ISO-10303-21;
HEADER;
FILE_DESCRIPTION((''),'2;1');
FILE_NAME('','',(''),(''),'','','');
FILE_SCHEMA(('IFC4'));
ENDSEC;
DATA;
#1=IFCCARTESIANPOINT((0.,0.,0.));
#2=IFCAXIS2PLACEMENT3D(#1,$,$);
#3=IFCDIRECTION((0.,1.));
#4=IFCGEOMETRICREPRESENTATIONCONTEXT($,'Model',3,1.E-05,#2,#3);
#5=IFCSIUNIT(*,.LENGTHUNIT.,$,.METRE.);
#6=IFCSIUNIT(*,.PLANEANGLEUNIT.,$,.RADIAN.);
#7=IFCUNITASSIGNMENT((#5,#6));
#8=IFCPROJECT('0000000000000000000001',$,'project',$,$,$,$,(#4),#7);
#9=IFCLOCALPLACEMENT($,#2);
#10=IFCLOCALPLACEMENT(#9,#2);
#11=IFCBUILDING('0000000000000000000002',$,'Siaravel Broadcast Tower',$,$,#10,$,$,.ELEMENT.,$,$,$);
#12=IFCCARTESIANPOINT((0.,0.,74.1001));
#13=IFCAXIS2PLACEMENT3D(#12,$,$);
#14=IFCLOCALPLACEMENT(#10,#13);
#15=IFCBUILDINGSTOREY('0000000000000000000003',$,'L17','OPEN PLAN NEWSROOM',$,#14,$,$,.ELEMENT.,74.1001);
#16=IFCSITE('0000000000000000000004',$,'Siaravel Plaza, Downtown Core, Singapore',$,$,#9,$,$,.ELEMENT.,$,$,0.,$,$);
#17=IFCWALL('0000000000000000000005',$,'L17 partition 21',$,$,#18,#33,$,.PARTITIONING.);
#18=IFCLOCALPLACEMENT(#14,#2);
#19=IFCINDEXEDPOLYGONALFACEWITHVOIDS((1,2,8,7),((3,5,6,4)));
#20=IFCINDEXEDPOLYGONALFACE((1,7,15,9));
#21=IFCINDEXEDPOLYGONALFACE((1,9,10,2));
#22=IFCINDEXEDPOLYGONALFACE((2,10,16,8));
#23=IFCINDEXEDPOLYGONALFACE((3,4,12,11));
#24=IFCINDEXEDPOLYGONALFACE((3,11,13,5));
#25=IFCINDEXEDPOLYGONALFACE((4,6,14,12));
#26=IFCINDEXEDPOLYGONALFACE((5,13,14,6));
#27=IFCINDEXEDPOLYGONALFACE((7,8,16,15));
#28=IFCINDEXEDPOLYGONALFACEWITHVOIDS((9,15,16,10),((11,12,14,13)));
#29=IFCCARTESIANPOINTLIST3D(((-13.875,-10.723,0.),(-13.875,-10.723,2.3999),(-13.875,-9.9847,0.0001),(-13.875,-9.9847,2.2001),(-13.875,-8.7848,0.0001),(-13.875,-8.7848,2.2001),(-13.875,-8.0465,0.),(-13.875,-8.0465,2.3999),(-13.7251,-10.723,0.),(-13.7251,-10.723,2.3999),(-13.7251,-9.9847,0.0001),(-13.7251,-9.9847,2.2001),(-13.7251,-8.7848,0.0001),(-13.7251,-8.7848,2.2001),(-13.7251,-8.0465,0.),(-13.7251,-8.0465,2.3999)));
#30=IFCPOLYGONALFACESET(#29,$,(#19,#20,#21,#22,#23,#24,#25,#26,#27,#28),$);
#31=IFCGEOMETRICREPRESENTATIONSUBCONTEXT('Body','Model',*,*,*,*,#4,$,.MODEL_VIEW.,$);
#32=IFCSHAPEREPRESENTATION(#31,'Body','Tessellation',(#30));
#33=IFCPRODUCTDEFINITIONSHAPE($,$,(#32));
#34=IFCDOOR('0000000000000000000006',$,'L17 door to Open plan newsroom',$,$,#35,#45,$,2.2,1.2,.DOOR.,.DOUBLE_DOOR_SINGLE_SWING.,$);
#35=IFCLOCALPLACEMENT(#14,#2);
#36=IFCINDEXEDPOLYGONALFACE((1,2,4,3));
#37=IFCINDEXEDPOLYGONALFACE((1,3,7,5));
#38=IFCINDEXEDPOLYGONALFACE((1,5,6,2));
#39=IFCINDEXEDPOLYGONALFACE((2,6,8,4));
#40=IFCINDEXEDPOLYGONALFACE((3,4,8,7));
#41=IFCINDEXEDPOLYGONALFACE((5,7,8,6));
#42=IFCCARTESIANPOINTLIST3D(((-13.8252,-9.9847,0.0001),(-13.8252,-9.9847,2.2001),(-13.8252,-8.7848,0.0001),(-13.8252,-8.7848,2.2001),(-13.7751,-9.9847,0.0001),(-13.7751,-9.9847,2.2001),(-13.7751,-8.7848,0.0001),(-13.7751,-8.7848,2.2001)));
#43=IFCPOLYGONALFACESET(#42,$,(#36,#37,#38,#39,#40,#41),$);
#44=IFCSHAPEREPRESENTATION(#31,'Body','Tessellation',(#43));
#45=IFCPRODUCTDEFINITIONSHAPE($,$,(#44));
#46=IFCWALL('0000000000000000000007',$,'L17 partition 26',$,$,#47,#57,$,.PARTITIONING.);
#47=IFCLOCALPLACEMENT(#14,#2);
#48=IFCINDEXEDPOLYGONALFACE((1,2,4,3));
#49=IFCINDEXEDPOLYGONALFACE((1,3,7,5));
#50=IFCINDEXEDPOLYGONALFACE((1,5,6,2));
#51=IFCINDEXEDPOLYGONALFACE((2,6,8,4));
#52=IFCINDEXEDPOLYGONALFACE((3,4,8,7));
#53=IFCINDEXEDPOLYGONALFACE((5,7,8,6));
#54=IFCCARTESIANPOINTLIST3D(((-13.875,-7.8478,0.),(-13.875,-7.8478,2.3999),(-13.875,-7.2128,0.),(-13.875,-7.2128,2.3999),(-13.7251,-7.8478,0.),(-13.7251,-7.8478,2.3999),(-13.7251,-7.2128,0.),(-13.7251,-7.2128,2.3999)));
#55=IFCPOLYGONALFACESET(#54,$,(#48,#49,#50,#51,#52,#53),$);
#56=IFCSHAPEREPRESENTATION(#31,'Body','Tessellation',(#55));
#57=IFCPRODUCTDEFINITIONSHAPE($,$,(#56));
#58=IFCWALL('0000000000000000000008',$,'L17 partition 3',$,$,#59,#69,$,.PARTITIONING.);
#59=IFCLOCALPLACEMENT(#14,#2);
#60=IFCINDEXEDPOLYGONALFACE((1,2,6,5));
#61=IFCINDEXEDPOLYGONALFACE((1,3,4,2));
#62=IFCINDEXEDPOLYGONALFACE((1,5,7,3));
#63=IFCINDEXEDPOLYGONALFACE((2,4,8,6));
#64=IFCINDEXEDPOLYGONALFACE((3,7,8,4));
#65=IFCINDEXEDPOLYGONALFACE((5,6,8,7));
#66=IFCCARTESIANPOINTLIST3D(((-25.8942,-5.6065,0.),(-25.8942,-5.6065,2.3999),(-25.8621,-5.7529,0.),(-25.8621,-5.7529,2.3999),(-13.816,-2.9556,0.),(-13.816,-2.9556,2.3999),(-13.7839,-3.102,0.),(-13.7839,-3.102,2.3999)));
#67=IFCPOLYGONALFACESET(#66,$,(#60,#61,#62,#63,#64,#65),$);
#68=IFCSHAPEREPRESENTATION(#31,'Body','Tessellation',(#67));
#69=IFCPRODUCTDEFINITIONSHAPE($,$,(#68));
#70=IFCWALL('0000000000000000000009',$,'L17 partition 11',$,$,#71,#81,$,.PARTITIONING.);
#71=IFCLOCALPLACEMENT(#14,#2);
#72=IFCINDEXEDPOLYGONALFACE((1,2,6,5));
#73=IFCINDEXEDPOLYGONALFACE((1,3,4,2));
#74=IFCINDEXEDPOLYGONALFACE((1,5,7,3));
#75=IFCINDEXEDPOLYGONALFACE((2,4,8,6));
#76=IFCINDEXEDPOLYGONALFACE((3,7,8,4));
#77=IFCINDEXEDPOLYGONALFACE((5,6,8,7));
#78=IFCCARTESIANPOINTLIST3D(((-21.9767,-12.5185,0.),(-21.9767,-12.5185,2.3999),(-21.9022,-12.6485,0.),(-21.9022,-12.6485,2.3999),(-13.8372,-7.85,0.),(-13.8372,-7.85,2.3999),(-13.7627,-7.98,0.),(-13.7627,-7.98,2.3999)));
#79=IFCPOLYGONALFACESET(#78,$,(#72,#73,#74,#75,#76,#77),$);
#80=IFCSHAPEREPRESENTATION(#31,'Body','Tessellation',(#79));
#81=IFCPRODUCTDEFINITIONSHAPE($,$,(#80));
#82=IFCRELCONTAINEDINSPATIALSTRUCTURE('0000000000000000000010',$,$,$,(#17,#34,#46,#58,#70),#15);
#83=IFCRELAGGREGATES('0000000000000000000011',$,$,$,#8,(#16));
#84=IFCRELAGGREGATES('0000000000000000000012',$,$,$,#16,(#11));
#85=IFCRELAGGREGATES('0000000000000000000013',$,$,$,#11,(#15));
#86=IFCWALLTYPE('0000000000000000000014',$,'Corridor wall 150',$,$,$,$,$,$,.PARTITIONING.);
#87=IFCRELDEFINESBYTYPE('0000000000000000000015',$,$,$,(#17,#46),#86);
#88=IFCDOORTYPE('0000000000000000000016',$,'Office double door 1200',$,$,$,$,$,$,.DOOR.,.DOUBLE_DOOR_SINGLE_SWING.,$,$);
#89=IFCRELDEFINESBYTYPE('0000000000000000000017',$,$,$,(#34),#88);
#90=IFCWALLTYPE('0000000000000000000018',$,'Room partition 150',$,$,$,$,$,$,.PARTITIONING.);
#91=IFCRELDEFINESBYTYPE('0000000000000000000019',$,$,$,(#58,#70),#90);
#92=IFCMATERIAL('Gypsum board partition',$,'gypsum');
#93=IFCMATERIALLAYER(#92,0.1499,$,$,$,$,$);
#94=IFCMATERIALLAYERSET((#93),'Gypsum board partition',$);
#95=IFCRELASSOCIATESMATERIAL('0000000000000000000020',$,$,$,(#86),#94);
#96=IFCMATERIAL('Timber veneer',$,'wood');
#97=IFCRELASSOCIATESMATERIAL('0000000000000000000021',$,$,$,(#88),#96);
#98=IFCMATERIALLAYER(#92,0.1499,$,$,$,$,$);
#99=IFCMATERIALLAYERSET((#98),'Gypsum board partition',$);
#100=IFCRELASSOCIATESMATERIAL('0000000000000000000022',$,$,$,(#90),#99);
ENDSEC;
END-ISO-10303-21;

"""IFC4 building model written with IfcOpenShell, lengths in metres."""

from ifc_helpers import new_model, si_unit, direction, frame, frame_2d, origin, place, context, subcontext, project, spatial, rectangle, extrude, material, layer, layer_set, type_object, element, fill, save


model = new_model("IFC4")

# Units and contexts
model_context = context("Model", 3, precision=1e-05, world=origin(), true_north=direction((0.0, 1.0)))
body_context = subcontext(model_context, "Body", "Model", "MODEL_VIEW")
ifc_project = project(units=[si_unit("LENGTHUNIT", "METRE"), si_unit("PLANEANGLEUNIT", "RADIAN")], contexts=[model_context])

# Site, building, storey
site_placement = place(None, origin())
site = spatial("IfcSite", under=ifc_project, at=site_placement, Name="Siaravel Plaza, Downtown Core, Singapore", CompositionType="ELEMENT", RefElevation=0.0)
building_placement = place(site_placement, origin())
building = spatial("IfcBuilding", under=site, at=building_placement, Name="Siaravel Broadcast Tower", CompositionType="ELEMENT")
storey_placement = place(building_placement, frame((0.0, 0.0, 74.1001)))
storey = spatial("IfcBuildingStorey", under=building, at=storey_placement, Name="L17", Description="OPEN PLAN NEWSROOM", CompositionType="ELEMENT", Elevation=74.1001)

# Wall, opening, door
ifc_material_1 = material(Name="Gypsum board partition", Category="gypsum")
ifc_layer_1 = layer(ifc_material_1, 0.1499)
ifc_layer_set_1 = layer_set([ifc_layer_1], Name="Gypsum board partition")
wall_type_1 = type_object("IfcWallType", Name="Corridor wall 150", PredefinedType="PARTITIONING", material=ifc_layer_set_1)
ifc_material_2 = material(Name="Timber veneer", Category="wood")
door_type_1 = type_object("IfcDoorType", Name="Office double door 1200", OperationType="DOUBLE_DOOR_SINGLE_SWING", PredefinedType="DOOR", material=ifc_material_2)
wall_1_placement = place(storey_placement, frame((-13.8, -8.0464, 0.0), z_axis=(0.0, 0.0, 1.0), x_axis=(0.0, -1.0, 0.0)))
wall_1 = element("IfcWall", 1, at=wall_1_placement, inside=storey, type_object=wall_type_1, Name="L17 partition 21", PredefinedType="PARTITIONING", context=body_context, shape_type="SweptSolid", body=[
    extrude(rectangle(XDim=2.6765, YDim=0.1499, at=frame_2d((1.3384, 0.0))), origin(), (0.0, 0.0, 1.0), 2.3999),
])
opening_1_placement = place(wall_1_placement, frame((0.7383, 0.0, 0.0)))
opening_1 = element("IfcOpeningElement", 2, at=opening_1_placement, cuts=wall_1, PredefinedType="OPENING", context=body_context, shape_type="SweptSolid", body=[
    extrude(rectangle(XDim=1.2, YDim=2.2, at=frame_2d((0.6001, 1.1001))), frame((0.0, 0.085, 0.0), z_axis=(0.0, -1.0, 0.0), x_axis=(1.0, 0.0, 0.0)), (0.0, 0.0, 1.0), 0.1699),
])
door_1_placement = place(opening_1_placement, origin())
door_1 = element("IfcDoor", 3, at=door_1_placement, inside=storey, type_object=door_type_1, Name="L17 door to Open plan newsroom", OperationType="DOUBLE_DOOR_SINGLE_SWING", OverallHeight=2.2, OverallWidth=1.2, PredefinedType="DOOR", context=body_context, shape_type="SweptSolid", body=[
    extrude(rectangle(XDim=1.2, YDim=2.2, at=frame_2d((0.6001, 1.1001))), frame((0.0, 0.0249, 0.0), z_axis=(0.0, -1.0, 0.0), x_axis=(1.0, 0.0, 0.0)), (0.0, 0.0, 1.0), 0.05),
])
fill(opening_1, door_1)

# Walls
wall_2_placement = place(storey_placement, frame((-13.8, -7.2129, 0.0), z_axis=(0.0, 0.0, 1.0), x_axis=(0.0, -1.0, 0.0)))
element("IfcWall", 4, at=wall_2_placement, inside=storey, type_object=wall_type_1, Name="L17 partition 26", PredefinedType="PARTITIONING", context=body_context, shape_type="SweptSolid", body=[
    extrude(rectangle(XDim=0.635, YDim=0.1499, at=frame_2d((0.3174, 0.0))), origin(), (0.0, 0.0, 1.0), 2.3999),
])
ifc_layer_2 = layer(ifc_material_1, 0.1499)
ifc_layer_set_2 = layer_set([ifc_layer_2], Name="Gypsum board partition")
wall_type_2 = type_object("IfcWallType", Name="Room partition 150", PredefinedType="PARTITIONING", material=ifc_layer_set_2)
wall_3_placement = place(storey_placement, frame((-25.8782, -5.6797, 0.0), z_axis=(0.0, 0.0, 1.0), x_axis=(0.976751, 0.214375, 0.0)))
element("IfcWall", 5, at=wall_3_placement, inside=storey, type_object=wall_type_2, Name="L17 partition 3", PredefinedType="PARTITIONING", context=body_context, shape_type="SweptSolid", body=[
    extrude(rectangle(XDim=12.3657, YDim=0.1499, at=frame_2d((6.1829, 0.0))), origin(), (0.0, 0.0, 1.0), 2.3999),
])
wall_4_placement = place(storey_placement, frame((-21.9395, -12.5835, 0.0), z_axis=(0.0, 0.0, 1.0), x_axis=(0.867445, 0.497534, 0.0)))
element("IfcWall", 6, at=wall_4_placement, inside=storey, type_object=wall_type_2, Name="L17 partition 11", PredefinedType="PARTITIONING", context=body_context, shape_type="SweptSolid", body=[
    extrude(rectangle(XDim=9.3833, YDim=0.1499, at=frame_2d((4.6917, 0.0))), origin(), (0.0, 0.0, 1.0), 2.3999),
])

save(model, "model.ifc")
